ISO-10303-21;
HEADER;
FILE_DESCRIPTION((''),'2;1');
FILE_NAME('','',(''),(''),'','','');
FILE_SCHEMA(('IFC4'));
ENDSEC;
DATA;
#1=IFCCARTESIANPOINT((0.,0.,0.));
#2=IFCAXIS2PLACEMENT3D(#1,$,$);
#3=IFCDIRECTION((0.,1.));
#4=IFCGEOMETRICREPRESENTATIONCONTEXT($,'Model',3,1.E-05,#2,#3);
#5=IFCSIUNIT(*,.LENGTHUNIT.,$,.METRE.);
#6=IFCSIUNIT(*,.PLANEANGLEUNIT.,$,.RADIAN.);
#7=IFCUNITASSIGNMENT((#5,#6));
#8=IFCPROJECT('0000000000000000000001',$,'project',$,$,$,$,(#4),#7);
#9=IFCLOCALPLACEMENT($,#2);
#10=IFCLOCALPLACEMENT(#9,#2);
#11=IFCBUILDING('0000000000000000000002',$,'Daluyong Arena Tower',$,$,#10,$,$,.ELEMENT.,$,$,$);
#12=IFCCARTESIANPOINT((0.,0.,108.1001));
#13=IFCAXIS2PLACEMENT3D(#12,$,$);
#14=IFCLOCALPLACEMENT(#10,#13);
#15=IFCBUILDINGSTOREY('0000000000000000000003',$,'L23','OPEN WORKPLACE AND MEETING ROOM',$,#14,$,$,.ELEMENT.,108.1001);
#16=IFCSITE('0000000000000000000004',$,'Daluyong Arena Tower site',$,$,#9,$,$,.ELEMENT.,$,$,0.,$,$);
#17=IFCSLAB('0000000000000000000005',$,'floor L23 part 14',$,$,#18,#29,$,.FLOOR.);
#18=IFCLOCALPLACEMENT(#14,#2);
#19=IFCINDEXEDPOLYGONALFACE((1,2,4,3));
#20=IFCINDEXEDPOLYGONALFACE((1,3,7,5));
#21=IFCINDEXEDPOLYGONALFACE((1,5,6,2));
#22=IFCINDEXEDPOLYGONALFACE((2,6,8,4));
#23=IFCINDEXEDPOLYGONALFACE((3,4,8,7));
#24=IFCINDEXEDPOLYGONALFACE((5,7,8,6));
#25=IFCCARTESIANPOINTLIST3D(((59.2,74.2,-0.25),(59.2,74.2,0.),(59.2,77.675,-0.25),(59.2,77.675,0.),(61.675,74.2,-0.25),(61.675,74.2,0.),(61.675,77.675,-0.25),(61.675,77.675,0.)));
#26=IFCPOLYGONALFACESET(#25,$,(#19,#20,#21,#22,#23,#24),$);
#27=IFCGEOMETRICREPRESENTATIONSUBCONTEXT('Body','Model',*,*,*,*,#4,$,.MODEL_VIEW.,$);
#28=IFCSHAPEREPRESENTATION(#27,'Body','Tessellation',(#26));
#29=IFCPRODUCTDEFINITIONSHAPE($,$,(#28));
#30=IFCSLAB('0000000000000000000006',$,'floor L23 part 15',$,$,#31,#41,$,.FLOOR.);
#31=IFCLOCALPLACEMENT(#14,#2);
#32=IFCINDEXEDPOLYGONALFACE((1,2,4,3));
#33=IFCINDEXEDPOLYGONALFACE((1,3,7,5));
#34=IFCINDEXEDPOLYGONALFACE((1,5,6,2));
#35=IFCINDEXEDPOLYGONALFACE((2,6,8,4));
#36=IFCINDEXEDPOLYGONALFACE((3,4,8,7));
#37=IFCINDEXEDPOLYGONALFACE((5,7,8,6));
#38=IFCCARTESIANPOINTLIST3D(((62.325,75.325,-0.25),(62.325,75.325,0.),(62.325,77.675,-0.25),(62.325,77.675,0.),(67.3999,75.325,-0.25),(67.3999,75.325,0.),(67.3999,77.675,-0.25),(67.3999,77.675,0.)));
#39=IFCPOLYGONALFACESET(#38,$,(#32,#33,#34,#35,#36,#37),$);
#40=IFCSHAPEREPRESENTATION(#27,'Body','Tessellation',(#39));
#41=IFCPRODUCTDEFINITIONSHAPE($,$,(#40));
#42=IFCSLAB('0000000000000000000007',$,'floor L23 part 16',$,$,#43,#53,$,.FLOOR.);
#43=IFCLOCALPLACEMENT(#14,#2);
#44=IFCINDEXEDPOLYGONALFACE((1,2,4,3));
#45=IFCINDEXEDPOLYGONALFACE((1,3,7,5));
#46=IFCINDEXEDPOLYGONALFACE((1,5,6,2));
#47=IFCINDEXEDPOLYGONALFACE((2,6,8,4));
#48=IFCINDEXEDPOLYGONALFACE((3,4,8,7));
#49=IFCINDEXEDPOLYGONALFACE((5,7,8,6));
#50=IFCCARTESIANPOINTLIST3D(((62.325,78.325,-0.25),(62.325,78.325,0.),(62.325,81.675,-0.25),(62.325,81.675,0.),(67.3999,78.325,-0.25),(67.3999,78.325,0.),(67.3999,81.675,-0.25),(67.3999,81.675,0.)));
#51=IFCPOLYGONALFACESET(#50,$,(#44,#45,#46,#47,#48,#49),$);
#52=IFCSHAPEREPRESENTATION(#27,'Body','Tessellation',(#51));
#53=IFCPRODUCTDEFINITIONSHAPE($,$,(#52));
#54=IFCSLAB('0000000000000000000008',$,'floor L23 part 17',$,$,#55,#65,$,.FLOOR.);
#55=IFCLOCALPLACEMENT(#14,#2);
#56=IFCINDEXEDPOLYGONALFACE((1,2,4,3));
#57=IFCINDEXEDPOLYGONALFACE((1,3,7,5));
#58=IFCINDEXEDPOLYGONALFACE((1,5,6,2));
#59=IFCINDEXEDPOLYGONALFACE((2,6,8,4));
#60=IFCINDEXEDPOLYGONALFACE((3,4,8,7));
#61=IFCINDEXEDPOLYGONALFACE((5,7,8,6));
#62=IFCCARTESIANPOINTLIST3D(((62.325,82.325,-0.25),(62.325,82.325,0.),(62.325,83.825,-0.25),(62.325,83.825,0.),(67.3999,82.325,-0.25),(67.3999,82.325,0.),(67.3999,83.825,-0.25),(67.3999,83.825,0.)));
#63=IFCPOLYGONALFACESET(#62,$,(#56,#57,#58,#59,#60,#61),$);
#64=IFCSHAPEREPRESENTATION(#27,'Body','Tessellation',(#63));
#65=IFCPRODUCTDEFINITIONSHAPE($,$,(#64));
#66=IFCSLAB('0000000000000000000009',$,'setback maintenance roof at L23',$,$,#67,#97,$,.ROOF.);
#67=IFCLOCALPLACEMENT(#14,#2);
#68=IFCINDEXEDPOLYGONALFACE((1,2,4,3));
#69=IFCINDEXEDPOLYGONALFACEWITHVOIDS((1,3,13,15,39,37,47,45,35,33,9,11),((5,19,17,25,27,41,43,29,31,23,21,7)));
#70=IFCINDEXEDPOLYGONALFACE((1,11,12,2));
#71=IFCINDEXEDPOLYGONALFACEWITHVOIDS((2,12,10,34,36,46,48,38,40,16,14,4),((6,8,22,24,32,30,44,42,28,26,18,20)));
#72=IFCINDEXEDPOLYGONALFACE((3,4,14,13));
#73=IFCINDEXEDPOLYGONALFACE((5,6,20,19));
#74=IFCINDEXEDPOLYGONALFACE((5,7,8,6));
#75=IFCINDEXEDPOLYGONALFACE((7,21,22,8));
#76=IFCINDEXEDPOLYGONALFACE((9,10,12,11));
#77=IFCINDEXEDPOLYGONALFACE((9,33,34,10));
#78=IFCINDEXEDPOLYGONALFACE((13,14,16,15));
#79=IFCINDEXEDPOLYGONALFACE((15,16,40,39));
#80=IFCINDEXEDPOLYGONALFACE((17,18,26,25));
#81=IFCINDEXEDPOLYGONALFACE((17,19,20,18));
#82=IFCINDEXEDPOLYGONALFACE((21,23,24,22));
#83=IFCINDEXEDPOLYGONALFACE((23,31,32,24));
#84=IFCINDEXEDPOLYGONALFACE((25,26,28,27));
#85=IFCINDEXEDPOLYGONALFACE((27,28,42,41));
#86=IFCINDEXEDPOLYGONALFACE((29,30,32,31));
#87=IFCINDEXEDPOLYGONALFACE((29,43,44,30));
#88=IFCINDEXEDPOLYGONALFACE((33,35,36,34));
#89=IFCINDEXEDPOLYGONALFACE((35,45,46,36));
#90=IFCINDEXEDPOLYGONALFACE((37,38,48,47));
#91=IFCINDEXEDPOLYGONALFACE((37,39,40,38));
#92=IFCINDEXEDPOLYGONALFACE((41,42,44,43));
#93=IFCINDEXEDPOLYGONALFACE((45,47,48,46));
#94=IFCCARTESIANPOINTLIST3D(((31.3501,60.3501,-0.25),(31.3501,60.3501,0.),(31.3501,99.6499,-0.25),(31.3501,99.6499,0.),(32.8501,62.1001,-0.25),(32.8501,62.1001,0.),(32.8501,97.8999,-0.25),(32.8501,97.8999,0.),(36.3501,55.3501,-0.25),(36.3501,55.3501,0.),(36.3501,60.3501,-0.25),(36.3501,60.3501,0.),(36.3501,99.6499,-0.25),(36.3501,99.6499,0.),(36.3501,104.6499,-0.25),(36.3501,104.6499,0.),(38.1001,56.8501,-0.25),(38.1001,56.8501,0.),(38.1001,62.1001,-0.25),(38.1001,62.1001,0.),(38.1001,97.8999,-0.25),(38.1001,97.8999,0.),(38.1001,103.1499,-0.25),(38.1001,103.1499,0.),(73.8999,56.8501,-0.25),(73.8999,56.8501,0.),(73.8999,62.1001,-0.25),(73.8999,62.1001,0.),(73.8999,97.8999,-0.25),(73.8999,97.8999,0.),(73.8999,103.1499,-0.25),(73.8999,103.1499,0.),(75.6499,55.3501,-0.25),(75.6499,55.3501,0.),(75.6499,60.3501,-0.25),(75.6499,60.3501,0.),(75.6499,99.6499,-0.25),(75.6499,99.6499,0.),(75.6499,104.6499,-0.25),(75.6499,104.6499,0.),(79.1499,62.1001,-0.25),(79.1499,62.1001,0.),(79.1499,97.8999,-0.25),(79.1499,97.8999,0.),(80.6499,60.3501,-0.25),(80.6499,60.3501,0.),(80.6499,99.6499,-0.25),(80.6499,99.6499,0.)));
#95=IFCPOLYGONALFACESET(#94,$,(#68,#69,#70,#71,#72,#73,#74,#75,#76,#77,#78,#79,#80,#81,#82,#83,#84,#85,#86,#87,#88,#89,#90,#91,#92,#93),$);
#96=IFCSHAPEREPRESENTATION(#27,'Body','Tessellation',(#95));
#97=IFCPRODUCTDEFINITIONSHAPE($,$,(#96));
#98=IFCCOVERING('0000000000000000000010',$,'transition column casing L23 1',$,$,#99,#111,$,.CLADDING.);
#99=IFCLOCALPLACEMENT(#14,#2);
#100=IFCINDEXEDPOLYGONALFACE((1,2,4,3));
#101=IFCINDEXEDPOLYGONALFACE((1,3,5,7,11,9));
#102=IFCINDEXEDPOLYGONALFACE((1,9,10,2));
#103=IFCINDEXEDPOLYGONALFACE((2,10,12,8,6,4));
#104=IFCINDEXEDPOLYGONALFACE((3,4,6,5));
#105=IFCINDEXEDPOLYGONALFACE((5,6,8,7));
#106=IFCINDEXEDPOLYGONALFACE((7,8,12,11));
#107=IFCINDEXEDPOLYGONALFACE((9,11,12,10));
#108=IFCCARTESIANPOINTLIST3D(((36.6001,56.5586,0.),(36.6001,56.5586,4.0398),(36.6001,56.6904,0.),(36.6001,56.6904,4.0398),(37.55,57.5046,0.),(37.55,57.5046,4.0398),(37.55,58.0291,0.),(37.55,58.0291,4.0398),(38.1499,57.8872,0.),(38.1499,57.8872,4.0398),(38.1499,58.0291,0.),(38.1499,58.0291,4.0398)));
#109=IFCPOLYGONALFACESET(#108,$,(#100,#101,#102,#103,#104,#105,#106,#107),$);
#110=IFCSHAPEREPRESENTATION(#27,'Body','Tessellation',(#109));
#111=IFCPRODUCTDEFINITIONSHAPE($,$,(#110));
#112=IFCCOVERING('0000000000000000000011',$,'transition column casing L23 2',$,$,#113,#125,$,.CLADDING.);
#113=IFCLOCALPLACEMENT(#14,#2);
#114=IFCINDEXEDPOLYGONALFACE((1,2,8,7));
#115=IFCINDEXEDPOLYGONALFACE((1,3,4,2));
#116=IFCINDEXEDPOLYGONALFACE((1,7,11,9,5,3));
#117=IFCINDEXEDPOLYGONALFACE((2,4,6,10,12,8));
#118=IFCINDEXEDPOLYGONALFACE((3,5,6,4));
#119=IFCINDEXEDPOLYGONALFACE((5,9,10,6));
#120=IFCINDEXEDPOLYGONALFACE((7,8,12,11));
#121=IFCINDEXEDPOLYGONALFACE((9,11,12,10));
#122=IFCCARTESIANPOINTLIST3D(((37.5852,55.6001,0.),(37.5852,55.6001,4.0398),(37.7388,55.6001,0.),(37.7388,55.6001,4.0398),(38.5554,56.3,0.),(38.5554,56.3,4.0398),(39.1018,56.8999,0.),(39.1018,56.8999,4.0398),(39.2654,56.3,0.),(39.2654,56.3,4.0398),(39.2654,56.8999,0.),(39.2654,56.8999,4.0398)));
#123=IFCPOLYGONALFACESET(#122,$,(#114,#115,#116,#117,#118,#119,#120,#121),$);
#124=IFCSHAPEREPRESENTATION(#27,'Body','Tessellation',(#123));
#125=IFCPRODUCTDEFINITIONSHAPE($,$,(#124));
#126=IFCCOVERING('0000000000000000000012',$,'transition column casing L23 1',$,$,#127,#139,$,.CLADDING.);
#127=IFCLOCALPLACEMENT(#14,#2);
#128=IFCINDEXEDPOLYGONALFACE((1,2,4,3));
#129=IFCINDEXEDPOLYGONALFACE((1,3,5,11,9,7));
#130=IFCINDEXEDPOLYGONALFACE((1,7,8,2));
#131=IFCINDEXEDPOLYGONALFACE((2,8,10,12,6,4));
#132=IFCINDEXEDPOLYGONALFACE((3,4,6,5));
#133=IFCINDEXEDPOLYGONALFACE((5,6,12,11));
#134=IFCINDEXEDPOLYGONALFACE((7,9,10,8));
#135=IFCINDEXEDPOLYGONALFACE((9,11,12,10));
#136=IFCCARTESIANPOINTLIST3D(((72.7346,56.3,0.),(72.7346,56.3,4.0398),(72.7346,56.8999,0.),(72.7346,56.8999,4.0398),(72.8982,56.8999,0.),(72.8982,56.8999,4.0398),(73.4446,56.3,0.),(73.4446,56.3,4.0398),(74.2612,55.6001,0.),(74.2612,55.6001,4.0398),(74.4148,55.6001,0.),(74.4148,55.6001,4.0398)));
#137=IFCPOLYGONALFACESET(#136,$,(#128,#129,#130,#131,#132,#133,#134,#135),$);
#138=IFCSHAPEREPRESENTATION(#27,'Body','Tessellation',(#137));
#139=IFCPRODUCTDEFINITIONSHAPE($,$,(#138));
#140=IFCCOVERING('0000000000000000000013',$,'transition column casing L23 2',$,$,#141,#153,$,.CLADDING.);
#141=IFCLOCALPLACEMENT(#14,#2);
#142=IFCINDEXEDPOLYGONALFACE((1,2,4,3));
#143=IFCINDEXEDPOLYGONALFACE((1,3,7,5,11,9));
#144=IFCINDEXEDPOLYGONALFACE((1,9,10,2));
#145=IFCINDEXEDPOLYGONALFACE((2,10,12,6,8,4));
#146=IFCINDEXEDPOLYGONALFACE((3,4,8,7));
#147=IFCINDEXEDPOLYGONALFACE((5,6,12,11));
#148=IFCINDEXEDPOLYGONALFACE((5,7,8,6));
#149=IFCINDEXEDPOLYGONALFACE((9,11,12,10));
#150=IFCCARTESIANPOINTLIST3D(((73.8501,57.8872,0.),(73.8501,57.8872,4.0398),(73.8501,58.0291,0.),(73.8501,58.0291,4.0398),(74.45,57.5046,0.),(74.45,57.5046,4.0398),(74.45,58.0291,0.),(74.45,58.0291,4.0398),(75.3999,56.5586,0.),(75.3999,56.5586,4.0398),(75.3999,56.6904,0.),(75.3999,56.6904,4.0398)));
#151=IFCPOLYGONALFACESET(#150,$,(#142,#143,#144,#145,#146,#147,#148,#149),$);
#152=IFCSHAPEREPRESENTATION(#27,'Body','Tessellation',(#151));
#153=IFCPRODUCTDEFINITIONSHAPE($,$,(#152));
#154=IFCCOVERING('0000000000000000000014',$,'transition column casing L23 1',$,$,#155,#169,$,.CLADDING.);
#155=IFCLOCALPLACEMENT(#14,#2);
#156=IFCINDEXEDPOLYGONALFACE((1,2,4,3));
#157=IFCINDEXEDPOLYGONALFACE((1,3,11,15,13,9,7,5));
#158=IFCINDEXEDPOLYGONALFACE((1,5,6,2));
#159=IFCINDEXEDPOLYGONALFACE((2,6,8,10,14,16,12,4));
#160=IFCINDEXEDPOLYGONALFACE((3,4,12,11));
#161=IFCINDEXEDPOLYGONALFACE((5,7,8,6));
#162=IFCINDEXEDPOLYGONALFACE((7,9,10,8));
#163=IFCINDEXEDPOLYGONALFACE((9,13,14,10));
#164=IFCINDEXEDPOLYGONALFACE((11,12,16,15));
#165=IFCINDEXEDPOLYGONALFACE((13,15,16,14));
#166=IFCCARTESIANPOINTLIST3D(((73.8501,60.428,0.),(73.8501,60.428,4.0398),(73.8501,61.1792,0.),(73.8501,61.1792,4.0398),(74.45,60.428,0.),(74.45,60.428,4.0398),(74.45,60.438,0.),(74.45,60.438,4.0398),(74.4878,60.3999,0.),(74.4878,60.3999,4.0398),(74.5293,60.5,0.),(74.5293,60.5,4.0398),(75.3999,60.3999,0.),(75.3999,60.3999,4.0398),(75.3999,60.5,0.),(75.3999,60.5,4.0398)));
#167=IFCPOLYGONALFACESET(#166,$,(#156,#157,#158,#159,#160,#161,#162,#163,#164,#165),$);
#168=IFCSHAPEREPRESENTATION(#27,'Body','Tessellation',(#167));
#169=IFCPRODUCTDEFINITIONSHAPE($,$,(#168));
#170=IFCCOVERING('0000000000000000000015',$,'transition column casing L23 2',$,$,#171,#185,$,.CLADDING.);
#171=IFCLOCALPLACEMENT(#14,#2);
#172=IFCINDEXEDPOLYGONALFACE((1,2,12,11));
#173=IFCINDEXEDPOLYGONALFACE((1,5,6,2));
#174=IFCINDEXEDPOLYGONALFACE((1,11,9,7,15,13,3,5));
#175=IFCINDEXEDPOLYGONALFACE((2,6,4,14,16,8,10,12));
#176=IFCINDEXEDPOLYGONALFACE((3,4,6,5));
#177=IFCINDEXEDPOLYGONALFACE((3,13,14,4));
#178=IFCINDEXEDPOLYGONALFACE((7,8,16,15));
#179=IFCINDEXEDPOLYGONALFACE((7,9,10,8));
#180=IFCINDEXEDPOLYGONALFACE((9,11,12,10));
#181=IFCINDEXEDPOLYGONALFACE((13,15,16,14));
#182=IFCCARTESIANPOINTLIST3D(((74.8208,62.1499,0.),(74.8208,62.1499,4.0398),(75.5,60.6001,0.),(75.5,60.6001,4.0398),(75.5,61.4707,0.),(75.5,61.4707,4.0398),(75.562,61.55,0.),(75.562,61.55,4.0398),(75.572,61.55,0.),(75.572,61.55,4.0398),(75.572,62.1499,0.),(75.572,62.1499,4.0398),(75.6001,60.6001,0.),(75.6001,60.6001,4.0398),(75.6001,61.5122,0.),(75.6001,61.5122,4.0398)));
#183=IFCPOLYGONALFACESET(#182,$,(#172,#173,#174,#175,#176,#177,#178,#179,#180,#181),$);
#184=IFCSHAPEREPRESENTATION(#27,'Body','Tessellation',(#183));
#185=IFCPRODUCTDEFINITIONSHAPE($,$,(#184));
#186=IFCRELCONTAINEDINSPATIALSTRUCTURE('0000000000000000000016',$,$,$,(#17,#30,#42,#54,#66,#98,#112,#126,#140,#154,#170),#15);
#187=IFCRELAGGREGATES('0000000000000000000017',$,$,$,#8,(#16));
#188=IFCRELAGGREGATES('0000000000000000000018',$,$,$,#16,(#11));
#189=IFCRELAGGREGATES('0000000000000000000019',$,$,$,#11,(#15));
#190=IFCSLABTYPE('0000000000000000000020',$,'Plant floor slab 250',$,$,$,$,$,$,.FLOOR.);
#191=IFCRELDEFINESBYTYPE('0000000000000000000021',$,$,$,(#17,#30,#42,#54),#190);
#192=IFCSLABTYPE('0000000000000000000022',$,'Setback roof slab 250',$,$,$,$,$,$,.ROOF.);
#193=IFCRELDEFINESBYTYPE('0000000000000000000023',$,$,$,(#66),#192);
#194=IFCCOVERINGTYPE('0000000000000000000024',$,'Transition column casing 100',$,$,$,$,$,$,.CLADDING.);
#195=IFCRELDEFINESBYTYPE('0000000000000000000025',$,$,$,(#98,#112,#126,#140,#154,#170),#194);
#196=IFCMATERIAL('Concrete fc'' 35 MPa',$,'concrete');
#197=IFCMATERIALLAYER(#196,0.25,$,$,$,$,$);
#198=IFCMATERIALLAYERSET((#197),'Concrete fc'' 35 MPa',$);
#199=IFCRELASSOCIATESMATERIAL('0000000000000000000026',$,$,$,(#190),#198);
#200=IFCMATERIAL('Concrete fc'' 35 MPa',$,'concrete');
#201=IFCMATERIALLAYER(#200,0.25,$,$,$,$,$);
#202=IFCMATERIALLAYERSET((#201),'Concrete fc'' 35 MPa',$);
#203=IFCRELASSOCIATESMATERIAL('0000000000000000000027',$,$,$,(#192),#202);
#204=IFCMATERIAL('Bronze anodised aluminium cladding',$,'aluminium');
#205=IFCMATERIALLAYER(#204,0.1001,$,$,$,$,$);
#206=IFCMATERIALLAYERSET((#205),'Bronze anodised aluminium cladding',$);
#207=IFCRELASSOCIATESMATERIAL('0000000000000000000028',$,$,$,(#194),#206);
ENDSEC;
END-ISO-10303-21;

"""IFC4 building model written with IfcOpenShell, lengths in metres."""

from ifc_helpers import new_model, si_unit, direction, frame, origin, place, context, subcontext, project, spatial, polyline, outline, extrude, material, layer, layer_set, type_object, element, save


model = new_model("IFC4")

# Units and contexts
model_context = context("Model", 3, precision=1e-05, world=origin(), true_north=direction((0.0, 1.0)))
body_context = subcontext(model_context, "Body", "Model", "MODEL_VIEW")
ifc_project = project(units=[si_unit("LENGTHUNIT", "METRE"), si_unit("PLANEANGLEUNIT", "RADIAN")], contexts=[model_context])

# Site, building, storey
site_placement = place(None, origin())
site = spatial("IfcSite", under=ifc_project, at=site_placement, Name="Daluyong Arena Tower site", CompositionType="ELEMENT", RefElevation=0.0)
building_placement = place(site_placement, origin())
building = spatial("IfcBuilding", under=site, at=building_placement, Name="Daluyong Arena Tower", CompositionType="ELEMENT")
storey_placement = place(building_placement, frame((0.0, 0.0, 108.1001)))
storey = spatial("IfcBuildingStorey", under=building, at=storey_placement, Name="L23", Description="OPEN WORKPLACE AND MEETING ROOM", CompositionType="ELEMENT", Elevation=108.1001)

# Slabs
ifc_material_1 = material(Name="Concrete fc' 35 MPa", Category="concrete")
ifc_layer_1 = layer(ifc_material_1, 0.25)
ifc_layer_set_1 = layer_set([ifc_layer_1], Name="Concrete fc' 35 MPa")
slab_type_1 = type_object("IfcSlabType", Name="Plant floor slab 250", PredefinedType="FLOOR", material=ifc_layer_set_1)
slab_1_placement = place(storey_placement, frame((0.0, 0.0, -0.25)))
element("IfcSlab", 1, at=slab_1_placement, inside=storey, type_object=slab_type_1, Name="floor L23 part 14", PredefinedType="FLOOR", context=body_context, shape_type="SweptSolid", body=[
    extrude(outline(polyline([(59.2, 77.675), (59.2, 74.2), (61.675, 74.2), (61.675, 77.675), (59.2, 77.675)])), origin(), (0.0, 0.0, 1.0), 0.25),
])
slab_2_placement = place(storey_placement, frame((0.0, 0.0, -0.25)))
element("IfcSlab", 2, at=slab_2_placement, inside=storey, type_object=slab_type_1, Name="floor L23 part 15", PredefinedType="FLOOR", context=body_context, shape_type="SweptSolid", body=[
    extrude(outline(polyline([(62.325, 75.325), (67.3999, 75.325), (67.3999, 77.675), (62.325, 77.675), (62.325, 75.325)])), origin(), (0.0, 0.0, 1.0), 0.25),
])
slab_3_placement = place(storey_placement, frame((0.0, 0.0, -0.25)))
element("IfcSlab", 3, at=slab_3_placement, inside=storey, type_object=slab_type_1, Name="floor L23 part 16", PredefinedType="FLOOR", context=body_context, shape_type="SweptSolid", body=[
    extrude(outline(polyline([(62.325, 78.325), (67.3999, 78.325), (67.3999, 81.675), (62.325, 81.675), (62.325, 78.325)])), origin(), (0.0, 0.0, 1.0), 0.25),
])
slab_4_placement = place(storey_placement, frame((0.0, 0.0, -0.25)))
element("IfcSlab", 4, at=slab_4_placement, inside=storey, type_object=slab_type_1, Name="floor L23 part 17", PredefinedType="FLOOR", context=body_context, shape_type="SweptSolid", body=[
    extrude(outline(polyline([(62.325, 82.325), (67.3999, 82.325), (67.3999, 83.825), (62.325, 83.825), (62.325, 82.325)])), origin(), (0.0, 0.0, 1.0), 0.25),
])
ifc_material_2 = material(Name="Concrete fc' 35 MPa", Category="concrete")
ifc_layer_2 = layer(ifc_material_2, 0.25)
ifc_layer_set_2 = layer_set([ifc_layer_2], Name="Concrete fc' 35 MPa")
slab_type_2 = type_object("IfcSlabType", Name="Setback roof slab 250", PredefinedType="ROOF", material=ifc_layer_set_2)
slab_5_placement = place(storey_placement, frame((0.0, 0.0, -0.25)))
element("IfcSlab", 5, at=slab_5_placement, inside=storey, type_object=slab_type_2, Name="setback maintenance roof at L23", PredefinedType="ROOF", context=body_context, shape_type="SweptSolid", body=[
    extrude(outline(polyline([(36.3501, 60.3501), (36.3501, 55.3501), (75.6499, 55.3501), (75.6499, 60.3501), (80.6499, 60.3501), (80.6499, 99.6499), (75.6499, 99.6499), (75.6499, 104.6499), (36.3501, 104.6499), (36.3501, 99.6499), (31.3501, 99.6499), (31.3501, 60.3501), (36.3501, 60.3501)]), holes=[polyline([(73.8999, 56.8501), (38.1001, 56.8501), (38.1001, 62.1001), (32.8501, 62.1001), (32.8501, 97.8999), (38.1001, 97.8999), (38.1001, 103.1499), (73.8999, 103.1499), (73.8999, 97.8999), (79.1499, 97.8999), (79.1499, 62.1001), (73.8999, 62.1001), (73.8999, 56.8501)])]), origin(), (0.0, 0.0, 1.0), 0.25),
])

# Coverings
ifc_material_3 = material(Name="Bronze anodised aluminium cladding", Category="aluminium")
ifc_layer_3 = layer(ifc_material_3, 0.1001)
ifc_layer_set_3 = layer_set([ifc_layer_3], Name="Bronze anodised aluminium cladding")
covering_type = type_object("IfcCoveringType", Name="Transition column casing 100", PredefinedType="CLADDING", material=ifc_layer_set_3)
covering_1_placement = place(storey_placement, origin())
element("IfcCovering", 6, at=covering_1_placement, inside=storey, type_object=covering_type, Name="transition column casing L23 1", PredefinedType="CLADDING", context=body_context, shape_type="SweptSolid", body=[
    extrude(outline(polyline([(37.55, 57.5046), (37.55, 58.0291), (38.1499, 58.0291), (38.1499, 57.8872), (36.6001, 56.5586), (36.6001, 56.6904), (37.55, 57.5046)])), origin(), (0.0, 0.0, 1.0), 4.0398),
])
covering_2_placement = place(storey_placement, origin())
element("IfcCovering", 7, at=covering_2_placement, inside=storey, type_object=covering_type, Name="transition column casing L23 2", PredefinedType="CLADDING", context=body_context, shape_type="SweptSolid", body=[
    extrude(outline(polyline([(39.1018, 56.8999), (39.2654, 56.8999), (39.2654, 56.3), (38.5554, 56.3), (37.7388, 55.6001), (37.5852, 55.6001), (39.1018, 56.8999)])), origin(), (0.0, 0.0, 1.0), 4.0398),
])
covering_3_placement = place(storey_placement, origin())
element("IfcCovering", 8, at=covering_3_placement, inside=storey, type_object=covering_type, Name="transition column casing L23 1", PredefinedType="CLADDING", context=body_context, shape_type="SweptSolid", body=[
    extrude(outline(polyline([(72.7346, 56.8999), (72.8982, 56.8999), (74.4148, 55.6001), (74.2612, 55.6001), (73.4446, 56.3), (72.7346, 56.3), (72.7346, 56.8999)])), origin(), (0.0, 0.0, 1.0), 4.0398),
])
covering_4_placement = place(storey_placement, origin())
element("IfcCovering", 9, at=covering_4_placement, inside=storey, type_object=covering_type, Name="transition column casing L23 2", PredefinedType="CLADDING", context=body_context, shape_type="SweptSolid", body=[
    extrude(outline(polyline([(73.8501, 57.8872), (73.8501, 58.0291), (74.45, 58.0291), (74.45, 57.5046), (75.3999, 56.6904), (75.3999, 56.5586), (73.8501, 57.8872)])), origin(), (0.0, 0.0, 1.0), 4.0398),
])
covering_5_placement = place(storey_placement, origin())
element("IfcCovering", 10, at=covering_5_placement, inside=storey, type_object=covering_type, Name="transition column casing L23 1", PredefinedType="CLADDING", context=body_context, shape_type="SweptSolid", body=[
    extrude(outline(polyline([(74.4878, 60.3999), (74.45, 60.438), (74.45, 60.428), (73.8501, 60.428), (73.8501, 61.1792), (74.5293, 60.5), (75.3999, 60.5), (75.3999, 60.3999), (74.4878, 60.3999)])), origin(), (0.0, 0.0, 1.0), 4.0398),
])
covering_6_placement = place(storey_placement, origin())
element("IfcCovering", 11, at=covering_6_placement, inside=storey, type_object=covering_type, Name="transition column casing L23 2", PredefinedType="CLADDING", context=body_context, shape_type="SweptSolid", body=[
    extrude(outline(polyline([(75.572, 62.1499), (75.572, 61.55), (75.562, 61.55), (75.6001, 61.5122), (75.6001, 60.6001), (75.5, 60.6001), (75.5, 61.4707), (74.8208, 62.1499), (75.572, 62.1499)])), origin(), (0.0, 0.0, 1.0), 4.0398),
])

save(model, "model.ifc")
